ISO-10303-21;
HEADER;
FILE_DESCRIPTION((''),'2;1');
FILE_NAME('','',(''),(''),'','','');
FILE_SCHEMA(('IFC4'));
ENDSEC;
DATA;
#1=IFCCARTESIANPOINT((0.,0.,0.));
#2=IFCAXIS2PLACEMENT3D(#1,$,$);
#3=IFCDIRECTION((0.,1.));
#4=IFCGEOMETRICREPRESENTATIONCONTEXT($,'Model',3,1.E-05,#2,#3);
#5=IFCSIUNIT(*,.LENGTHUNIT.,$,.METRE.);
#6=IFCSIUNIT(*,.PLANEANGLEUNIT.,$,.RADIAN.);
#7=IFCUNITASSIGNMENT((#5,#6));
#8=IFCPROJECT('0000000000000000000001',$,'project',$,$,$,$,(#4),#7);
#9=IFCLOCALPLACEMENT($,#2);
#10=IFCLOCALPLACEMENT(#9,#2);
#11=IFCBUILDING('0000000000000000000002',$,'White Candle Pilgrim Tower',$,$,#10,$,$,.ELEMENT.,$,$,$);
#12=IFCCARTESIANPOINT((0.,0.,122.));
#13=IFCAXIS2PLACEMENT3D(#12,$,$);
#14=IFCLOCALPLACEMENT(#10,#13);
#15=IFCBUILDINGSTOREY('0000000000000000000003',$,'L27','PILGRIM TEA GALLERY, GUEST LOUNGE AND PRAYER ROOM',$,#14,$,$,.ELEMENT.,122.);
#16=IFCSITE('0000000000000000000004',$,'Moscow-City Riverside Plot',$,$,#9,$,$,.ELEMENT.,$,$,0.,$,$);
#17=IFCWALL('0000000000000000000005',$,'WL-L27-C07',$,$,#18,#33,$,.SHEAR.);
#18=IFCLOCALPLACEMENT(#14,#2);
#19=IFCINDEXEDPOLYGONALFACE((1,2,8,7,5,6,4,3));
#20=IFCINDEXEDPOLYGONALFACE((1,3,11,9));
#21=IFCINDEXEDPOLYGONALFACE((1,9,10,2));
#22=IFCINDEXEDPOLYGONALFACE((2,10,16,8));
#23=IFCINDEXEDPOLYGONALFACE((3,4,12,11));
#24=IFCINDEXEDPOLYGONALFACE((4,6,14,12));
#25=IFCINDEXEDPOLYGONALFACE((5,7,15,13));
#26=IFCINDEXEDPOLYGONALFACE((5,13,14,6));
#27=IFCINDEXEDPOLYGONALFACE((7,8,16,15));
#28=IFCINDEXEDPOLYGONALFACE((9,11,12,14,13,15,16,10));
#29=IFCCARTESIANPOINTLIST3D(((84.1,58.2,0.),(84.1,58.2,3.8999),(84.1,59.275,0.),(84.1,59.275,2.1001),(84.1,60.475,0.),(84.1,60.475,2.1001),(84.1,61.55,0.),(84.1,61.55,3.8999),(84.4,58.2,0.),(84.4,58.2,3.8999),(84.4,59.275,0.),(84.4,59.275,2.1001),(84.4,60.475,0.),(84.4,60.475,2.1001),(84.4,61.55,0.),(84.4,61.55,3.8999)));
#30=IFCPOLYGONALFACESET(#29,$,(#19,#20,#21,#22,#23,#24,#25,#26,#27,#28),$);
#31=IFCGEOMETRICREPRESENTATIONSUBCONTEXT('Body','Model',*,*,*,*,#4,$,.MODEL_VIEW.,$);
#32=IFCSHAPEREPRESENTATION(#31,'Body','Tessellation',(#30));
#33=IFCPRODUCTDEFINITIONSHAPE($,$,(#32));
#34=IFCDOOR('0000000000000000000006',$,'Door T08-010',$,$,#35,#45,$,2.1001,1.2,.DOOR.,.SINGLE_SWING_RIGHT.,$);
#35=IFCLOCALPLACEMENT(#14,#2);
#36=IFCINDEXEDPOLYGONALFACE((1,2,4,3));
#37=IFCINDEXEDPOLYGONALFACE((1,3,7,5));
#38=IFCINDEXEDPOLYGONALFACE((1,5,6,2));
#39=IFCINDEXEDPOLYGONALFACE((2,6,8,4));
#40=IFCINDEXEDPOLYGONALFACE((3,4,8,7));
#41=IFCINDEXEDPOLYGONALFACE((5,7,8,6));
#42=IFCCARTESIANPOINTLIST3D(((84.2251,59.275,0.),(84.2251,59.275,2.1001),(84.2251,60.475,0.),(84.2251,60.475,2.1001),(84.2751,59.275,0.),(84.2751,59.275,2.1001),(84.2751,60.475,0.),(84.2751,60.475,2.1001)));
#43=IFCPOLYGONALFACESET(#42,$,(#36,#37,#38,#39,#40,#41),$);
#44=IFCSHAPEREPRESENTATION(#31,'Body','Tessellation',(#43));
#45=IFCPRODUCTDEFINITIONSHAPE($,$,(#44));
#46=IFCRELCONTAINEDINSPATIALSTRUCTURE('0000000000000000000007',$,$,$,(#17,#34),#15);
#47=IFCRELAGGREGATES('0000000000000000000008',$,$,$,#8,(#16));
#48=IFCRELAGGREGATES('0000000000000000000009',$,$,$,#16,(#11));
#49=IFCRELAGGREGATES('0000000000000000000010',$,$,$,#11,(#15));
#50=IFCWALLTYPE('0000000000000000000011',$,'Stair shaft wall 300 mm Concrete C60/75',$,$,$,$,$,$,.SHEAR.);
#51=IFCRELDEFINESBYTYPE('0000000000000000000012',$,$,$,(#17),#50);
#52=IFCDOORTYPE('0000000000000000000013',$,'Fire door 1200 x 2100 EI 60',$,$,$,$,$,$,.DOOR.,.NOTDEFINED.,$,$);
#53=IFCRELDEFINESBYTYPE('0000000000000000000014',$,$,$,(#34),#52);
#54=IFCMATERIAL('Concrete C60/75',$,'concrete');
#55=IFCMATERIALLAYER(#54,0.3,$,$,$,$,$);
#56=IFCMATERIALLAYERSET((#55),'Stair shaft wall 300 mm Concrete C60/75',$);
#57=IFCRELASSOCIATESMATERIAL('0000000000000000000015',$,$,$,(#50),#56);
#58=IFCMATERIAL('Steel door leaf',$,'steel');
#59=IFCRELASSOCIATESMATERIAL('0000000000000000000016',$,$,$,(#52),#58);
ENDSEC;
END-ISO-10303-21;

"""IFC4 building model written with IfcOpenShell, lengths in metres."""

from ifc_helpers import new_model, si_unit, direction, frame, frame_2d, origin, place, context, subcontext, project, spatial, rectangle, extrude, material, layer, layer_set, type_object, element, fill, save


model = new_model("IFC4")

# Units and contexts
model_context = context("Model", 3, precision=1e-05, world=origin(), true_north=direction((0.0, 1.0)))
body_context = subcontext(model_context, "Body", "Model", "MODEL_VIEW")
ifc_project = project(units=[si_unit("LENGTHUNIT", "METRE"), si_unit("PLANEANGLEUNIT", "RADIAN")], contexts=[model_context])

# Site, building, storey
site_placement = place(None, origin())
site = spatial("IfcSite", under=ifc_project, at=site_placement, Name="Moscow-City Riverside Plot", CompositionType="ELEMENT", RefElevation=0.0)
building_placement = place(site_placement, origin())
building = spatial("IfcBuilding", under=site, at=building_placement, Name="White Candle Pilgrim Tower", CompositionType="ELEMENT")
storey_placement = place(building_placement, frame((0.0, 0.0, 122.0)))
storey = spatial("IfcBuildingStorey", under=building, at=storey_placement, Name="L27", Description="PILGRIM TEA GALLERY, GUEST LOUNGE AND PRAYER ROOM", CompositionType="ELEMENT", Elevation=122.0)

# Shared definitions
ifc_material_1 = material(Name="Steel door leaf", Category="steel")

# Wall, opening, door
ifc_material_2 = material(Name="Concrete C60/75", Category="concrete")
ifc_layer_1 = layer(ifc_material_2, 0.3)
ifc_layer_set_1 = layer_set([ifc_layer_1], Name="Stair shaft wall 300 mm Concrete C60/75")
wall_type_1 = type_object("IfcWallType", Name="Stair shaft wall 300 mm Concrete C60/75", PredefinedType="SHEAR", material=ifc_layer_set_1)
wall_1_placement = place(storey_placement, frame((84.25, 58.2, 0.0), z_axis=(0.0, 0.0, 1.0), x_axis=(0.0, 1.0, 0.0)))
wall_1 = element("IfcWall", 1, at=wall_1_placement, inside=storey, type_object=wall_type_1, Name="WL-L27-C07", PredefinedType="SHEAR", context=body_context, shape_type="SweptSolid", body=[
    extrude(rectangle(XDim=3.3501, YDim=0.3, at=frame_2d((1.675, 0.0))), origin(), (0.0, 0.0, 1.0), 3.8999),
])
opening_1_placement = place(wall_1_placement, frame((1.075, 0.0, 0.0)))
opening_1 = element("IfcOpeningElement", 2, at=opening_1_placement, cuts=wall_1, PredefinedType="OPENING", context=body_context, shape_type="SweptSolid", body=[
    extrude(rectangle(XDim=1.2, YDim=2.1001, at=frame_2d((0.6001, 1.05))), frame((0.0, 0.1599, 0.0), z_axis=(0.0, -1.0, 0.0), x_axis=(1.0, 0.0, 0.0)), (0.0, 0.0, 1.0), 0.3201),
])
door_type_1 = type_object("IfcDoorType", Name="Fire door 1200 x 2100 EI 60", OperationType="NOTDEFINED", PredefinedType="DOOR", material=ifc_material_1)
door_1_placement = place(opening_1_placement, origin())
door_1 = element("IfcDoor", 3, at=door_1_placement, inside=storey, type_object=door_type_1, Name="Door T08-010", OperationType="SINGLE_SWING_RIGHT", OverallHeight=2.1001, OverallWidth=1.2, PredefinedType="DOOR", context=body_context, shape_type="SweptSolid", body=[
    extrude(rectangle(XDim=1.2, YDim=2.1001, at=frame_2d((0.6001, 1.05))), frame((0.0, 0.0249, 0.0), z_axis=(0.0, -1.0, 0.0), x_axis=(1.0, 0.0, 0.0)), (0.0, 0.0, 1.0), 0.05),
])
fill(opening_1, door_1)

save(model, "model.ifc")
